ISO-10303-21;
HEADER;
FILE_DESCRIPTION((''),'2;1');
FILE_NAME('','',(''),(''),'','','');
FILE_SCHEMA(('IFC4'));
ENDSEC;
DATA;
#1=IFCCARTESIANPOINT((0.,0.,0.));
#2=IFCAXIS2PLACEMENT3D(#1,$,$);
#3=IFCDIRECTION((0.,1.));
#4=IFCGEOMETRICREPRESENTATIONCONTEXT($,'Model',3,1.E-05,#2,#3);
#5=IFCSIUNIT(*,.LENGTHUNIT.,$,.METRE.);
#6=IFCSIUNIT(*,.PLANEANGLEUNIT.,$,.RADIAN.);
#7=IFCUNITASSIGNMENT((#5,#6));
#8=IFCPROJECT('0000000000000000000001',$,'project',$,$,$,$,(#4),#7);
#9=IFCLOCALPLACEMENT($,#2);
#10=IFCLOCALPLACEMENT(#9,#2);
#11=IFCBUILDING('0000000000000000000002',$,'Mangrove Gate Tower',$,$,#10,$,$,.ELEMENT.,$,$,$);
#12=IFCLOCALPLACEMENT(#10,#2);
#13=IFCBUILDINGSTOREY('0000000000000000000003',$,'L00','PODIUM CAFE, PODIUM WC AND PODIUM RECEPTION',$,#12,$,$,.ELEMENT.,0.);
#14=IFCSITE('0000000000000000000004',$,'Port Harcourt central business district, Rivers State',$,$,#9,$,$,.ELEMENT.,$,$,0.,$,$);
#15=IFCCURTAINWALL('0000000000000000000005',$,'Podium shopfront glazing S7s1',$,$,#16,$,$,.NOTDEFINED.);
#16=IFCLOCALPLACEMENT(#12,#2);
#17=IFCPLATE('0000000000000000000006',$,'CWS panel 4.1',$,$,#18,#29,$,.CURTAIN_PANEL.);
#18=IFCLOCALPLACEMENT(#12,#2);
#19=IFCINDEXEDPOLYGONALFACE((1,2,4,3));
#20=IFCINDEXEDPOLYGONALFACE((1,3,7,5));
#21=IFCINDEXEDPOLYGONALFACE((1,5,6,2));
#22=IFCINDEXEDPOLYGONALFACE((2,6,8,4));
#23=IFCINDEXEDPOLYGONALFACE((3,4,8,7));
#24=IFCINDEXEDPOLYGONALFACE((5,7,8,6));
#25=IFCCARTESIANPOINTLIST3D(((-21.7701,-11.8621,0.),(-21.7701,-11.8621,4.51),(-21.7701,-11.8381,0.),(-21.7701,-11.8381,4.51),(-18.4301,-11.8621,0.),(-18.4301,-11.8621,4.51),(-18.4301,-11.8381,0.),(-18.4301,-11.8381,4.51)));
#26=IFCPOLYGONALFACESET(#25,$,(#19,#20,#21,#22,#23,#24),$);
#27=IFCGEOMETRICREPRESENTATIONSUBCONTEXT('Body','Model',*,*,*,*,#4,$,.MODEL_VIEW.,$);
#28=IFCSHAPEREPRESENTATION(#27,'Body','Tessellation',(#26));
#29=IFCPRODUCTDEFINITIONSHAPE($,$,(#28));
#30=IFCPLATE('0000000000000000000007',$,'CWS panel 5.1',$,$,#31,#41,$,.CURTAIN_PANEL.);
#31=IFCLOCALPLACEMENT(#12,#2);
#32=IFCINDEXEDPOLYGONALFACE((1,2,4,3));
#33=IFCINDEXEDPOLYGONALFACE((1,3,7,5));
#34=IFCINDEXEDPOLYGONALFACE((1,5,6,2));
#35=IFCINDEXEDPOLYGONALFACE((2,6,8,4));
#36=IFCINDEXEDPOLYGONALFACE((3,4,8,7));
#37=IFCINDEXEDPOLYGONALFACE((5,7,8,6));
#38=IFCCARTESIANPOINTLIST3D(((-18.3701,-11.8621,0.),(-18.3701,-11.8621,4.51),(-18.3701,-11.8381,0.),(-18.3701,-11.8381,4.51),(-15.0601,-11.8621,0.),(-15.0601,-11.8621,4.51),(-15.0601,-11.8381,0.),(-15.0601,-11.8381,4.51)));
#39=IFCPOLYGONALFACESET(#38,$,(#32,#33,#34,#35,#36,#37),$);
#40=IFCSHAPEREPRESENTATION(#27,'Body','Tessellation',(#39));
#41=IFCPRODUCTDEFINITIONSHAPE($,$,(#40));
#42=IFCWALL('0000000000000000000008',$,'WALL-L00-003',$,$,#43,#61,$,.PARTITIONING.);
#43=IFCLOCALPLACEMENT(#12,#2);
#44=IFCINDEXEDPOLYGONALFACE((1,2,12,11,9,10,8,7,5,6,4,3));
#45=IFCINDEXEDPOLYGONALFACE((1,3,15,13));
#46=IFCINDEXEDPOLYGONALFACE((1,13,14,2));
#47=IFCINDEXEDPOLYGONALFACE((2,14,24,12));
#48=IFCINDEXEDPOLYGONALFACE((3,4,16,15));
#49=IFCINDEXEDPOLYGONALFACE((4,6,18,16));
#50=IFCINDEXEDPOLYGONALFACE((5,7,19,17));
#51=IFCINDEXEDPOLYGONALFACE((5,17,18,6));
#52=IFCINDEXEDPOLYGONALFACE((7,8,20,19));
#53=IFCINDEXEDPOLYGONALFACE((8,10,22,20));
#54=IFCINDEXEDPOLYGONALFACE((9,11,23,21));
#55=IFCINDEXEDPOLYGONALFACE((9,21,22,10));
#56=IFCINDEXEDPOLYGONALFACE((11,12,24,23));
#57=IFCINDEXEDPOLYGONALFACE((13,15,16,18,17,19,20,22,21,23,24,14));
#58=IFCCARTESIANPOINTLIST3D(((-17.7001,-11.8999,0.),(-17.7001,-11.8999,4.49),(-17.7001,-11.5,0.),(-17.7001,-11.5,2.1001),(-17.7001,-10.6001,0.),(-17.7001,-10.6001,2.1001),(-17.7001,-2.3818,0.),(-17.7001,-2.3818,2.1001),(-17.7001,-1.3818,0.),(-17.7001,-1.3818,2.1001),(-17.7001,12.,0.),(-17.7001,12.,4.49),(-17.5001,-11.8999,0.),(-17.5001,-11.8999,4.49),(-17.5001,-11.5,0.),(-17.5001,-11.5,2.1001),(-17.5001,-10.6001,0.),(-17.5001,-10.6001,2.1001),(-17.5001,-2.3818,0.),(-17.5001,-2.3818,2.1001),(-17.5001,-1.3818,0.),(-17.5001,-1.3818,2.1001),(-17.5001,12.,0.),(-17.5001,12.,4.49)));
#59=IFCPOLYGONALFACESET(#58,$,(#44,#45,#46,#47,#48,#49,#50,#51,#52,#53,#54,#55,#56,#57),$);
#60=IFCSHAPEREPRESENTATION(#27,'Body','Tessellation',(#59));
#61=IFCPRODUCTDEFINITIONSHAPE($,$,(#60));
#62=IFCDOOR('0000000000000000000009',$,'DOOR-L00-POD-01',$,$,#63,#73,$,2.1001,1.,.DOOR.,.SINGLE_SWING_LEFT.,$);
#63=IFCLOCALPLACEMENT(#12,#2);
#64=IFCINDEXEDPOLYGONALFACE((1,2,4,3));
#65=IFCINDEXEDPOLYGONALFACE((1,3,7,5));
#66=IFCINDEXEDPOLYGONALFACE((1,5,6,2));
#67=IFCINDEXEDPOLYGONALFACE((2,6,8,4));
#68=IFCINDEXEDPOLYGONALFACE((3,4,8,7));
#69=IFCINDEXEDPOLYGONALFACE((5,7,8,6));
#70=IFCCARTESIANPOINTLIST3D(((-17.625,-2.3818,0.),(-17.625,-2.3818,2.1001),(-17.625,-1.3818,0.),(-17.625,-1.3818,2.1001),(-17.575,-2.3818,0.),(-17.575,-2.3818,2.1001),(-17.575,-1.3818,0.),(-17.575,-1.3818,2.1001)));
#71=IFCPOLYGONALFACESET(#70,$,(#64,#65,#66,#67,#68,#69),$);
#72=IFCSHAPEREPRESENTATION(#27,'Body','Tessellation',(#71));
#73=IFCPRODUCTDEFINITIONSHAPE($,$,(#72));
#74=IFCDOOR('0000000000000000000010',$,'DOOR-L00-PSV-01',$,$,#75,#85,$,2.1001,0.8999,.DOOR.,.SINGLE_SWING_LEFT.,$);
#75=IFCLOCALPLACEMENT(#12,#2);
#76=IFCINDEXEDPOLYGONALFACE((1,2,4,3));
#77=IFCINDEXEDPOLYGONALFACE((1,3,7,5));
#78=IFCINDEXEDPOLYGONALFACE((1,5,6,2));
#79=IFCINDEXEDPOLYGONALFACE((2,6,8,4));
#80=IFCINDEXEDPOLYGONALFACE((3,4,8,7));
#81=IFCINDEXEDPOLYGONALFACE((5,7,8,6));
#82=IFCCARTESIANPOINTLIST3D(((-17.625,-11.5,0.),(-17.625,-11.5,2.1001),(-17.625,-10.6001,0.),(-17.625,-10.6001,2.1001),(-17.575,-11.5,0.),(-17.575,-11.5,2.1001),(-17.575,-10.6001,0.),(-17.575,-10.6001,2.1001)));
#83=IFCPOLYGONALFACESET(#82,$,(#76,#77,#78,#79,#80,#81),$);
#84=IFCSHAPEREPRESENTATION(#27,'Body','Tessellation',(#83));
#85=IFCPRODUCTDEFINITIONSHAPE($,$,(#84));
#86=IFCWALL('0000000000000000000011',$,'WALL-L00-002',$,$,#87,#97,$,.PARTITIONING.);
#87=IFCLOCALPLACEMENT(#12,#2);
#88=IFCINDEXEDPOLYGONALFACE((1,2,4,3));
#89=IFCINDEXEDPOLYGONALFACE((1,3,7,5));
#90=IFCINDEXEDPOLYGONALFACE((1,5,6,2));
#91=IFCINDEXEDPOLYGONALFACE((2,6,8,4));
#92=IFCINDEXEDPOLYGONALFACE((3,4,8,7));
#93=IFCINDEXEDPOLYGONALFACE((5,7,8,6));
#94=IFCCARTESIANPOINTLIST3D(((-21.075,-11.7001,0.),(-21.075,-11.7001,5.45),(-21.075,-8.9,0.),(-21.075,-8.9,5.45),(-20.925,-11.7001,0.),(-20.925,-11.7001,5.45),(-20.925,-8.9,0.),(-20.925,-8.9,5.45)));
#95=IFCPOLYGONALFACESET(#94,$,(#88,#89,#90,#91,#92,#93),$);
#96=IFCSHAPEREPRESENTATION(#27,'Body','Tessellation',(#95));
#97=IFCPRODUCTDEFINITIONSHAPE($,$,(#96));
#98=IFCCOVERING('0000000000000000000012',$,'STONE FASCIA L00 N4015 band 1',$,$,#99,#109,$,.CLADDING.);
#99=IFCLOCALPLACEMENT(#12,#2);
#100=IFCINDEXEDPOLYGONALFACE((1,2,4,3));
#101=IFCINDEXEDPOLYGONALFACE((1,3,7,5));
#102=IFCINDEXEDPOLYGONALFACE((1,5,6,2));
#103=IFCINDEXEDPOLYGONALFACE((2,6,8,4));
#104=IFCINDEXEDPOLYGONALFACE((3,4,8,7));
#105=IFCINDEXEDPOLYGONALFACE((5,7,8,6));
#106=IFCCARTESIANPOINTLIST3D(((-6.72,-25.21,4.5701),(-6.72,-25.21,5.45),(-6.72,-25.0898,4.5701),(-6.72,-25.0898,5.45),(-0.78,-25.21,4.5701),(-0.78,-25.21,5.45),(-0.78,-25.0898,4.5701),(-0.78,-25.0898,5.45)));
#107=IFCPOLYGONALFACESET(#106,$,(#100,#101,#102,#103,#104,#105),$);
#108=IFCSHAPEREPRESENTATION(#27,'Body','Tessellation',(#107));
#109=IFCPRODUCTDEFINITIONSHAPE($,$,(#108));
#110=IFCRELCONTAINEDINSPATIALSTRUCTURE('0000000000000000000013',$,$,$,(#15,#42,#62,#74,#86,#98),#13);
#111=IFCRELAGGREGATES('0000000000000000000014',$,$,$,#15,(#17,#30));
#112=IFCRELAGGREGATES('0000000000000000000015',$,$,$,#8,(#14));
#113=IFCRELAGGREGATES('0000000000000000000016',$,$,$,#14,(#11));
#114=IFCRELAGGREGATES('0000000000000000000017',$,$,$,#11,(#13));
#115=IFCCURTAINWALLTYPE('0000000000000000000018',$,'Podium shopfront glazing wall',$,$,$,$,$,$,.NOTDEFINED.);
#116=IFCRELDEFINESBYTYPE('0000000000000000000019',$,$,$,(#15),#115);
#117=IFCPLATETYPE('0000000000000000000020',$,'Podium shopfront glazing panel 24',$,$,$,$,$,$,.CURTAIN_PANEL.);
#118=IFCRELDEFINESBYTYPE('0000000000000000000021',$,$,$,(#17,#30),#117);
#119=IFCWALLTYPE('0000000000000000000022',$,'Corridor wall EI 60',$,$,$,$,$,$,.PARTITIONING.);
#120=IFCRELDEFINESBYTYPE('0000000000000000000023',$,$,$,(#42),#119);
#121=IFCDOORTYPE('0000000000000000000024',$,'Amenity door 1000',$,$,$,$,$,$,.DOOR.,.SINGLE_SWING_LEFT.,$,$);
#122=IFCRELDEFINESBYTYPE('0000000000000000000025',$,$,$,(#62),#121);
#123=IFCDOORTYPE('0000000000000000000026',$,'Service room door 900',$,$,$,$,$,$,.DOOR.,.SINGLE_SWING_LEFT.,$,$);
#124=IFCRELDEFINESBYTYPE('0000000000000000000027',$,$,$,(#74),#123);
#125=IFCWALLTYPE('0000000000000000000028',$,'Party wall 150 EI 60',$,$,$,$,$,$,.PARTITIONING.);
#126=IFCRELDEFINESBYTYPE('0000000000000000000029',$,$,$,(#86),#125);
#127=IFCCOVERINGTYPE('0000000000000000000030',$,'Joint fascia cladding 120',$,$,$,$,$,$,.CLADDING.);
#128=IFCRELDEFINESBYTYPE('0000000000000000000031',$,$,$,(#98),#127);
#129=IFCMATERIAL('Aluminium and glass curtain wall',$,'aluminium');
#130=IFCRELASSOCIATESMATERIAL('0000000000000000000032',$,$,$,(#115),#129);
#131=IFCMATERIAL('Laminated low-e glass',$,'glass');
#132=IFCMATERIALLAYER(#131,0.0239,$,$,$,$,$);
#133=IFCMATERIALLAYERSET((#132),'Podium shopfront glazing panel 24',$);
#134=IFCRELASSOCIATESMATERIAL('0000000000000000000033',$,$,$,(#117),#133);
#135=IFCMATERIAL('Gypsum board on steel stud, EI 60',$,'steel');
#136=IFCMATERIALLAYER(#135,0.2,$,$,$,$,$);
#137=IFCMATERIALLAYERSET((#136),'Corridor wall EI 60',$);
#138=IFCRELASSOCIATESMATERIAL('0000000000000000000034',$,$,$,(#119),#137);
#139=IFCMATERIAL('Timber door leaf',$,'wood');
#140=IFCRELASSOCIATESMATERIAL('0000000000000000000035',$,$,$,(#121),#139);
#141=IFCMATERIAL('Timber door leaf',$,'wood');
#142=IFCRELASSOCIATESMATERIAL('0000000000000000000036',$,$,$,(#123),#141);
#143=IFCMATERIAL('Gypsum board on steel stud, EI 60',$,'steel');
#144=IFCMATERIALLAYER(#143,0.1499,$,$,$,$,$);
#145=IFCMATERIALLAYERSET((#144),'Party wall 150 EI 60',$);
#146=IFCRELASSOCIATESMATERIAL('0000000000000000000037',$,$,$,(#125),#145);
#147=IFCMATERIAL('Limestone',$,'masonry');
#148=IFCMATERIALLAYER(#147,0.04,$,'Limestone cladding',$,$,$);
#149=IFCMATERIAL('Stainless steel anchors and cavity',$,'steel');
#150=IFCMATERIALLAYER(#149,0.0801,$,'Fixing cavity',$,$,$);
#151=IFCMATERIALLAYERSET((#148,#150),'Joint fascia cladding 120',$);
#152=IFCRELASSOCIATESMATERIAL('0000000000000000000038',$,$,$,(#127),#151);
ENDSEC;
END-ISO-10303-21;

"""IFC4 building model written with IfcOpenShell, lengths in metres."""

from ifc_helpers import new_model, si_unit, direction, frame, frame_2d, origin, origin_2d, place, context, subcontext, project, spatial, rectangle, extrude, material, layer, layer_set, type_object, element, fill, aggregate, save


model = new_model("IFC4")

# Units and contexts
model_context = context("Model", 3, precision=1e-05, world=origin(), true_north=direction((0.0, 1.0)))
body_context = subcontext(model_context, "Body", "Model", "MODEL_VIEW")
ifc_project = project(units=[si_unit("LENGTHUNIT", "METRE"), si_unit("PLANEANGLEUNIT", "RADIAN")], contexts=[model_context])

# Site, building, storey
site_placement = place(None, origin())
site = spatial("IfcSite", under=ifc_project, at=site_placement, Name="Port Harcourt central business district, Rivers State", CompositionType="ELEMENT", RefElevation=0.0)
building_placement = place(site_placement, origin())
building = spatial("IfcBuilding", under=site, at=building_placement, Name="Mangrove Gate Tower", CompositionType="ELEMENT")
storey_placement = place(building_placement, origin())
storey = spatial("IfcBuildingStorey", under=building, at=storey_placement, Name="L00", Description="PODIUM CAFE, PODIUM WC AND PODIUM RECEPTION", CompositionType="ELEMENT", Elevation=0.0)

# Shared definitions
ifc_material_1 = material(Name="Aluminium and glass curtain wall", Category="aluminium")
curtain_wall_type = type_object("IfcCurtainWallType", Name="Podium shopfront glazing wall", PredefinedType="NOTDEFINED", material=ifc_material_1)

# Curtain wall
curtain_wall_1_placement = place(storey_placement, origin())
curtain_wall_1 = element("IfcCurtainWall", 1, at=curtain_wall_1_placement, inside=storey, type_object=curtain_wall_type, Name="Podium shopfront glazing S7s1", PredefinedType="NOTDEFINED")

# Plates
ifc_material_2 = material(Name="Laminated low-e glass", Category="glass")
ifc_layer_1 = layer(ifc_material_2, 0.0239)
ifc_layer_set_1 = layer_set([ifc_layer_1], Name="Podium shopfront glazing panel 24")
plate_type = type_object("IfcPlateType", Name="Podium shopfront glazing panel 24", PredefinedType="CURTAIN_PANEL", material=ifc_layer_set_1)
plate_1_placement = place(storey_placement, frame((-20.1001, -11.8501, 0.0), z_axis=(0.0, 0.0, 1.0), x_axis=(1.0, 0.0, 0.0)))
plate_1 = element("IfcPlate", 2, at=plate_1_placement, type_object=plate_type, Name="CWS panel 4.1", PredefinedType="CURTAIN_PANEL", context=body_context, shape_type="SweptSolid", body=[
    extrude(rectangle(XDim=3.3401, YDim=0.0239, at=origin_2d()), origin(), (0.0, 0.0, 1.0), 4.51),
])
plate_2_placement = place(storey_placement, frame((-16.7151, -11.8501, 0.0), z_axis=(0.0, 0.0, 1.0), x_axis=(1.0, 0.0, 0.0)))
plate_2 = element("IfcPlate", 3, at=plate_2_placement, type_object=plate_type, Name="CWS panel 5.1", PredefinedType="CURTAIN_PANEL", context=body_context, shape_type="SweptSolid", body=[
    extrude(rectangle(XDim=3.3101, YDim=0.0239, at=origin_2d()), origin(), (0.0, 0.0, 1.0), 4.51),
])
aggregate(curtain_wall_1, [plate_1, plate_2])

# Wall, openings, doors
ifc_material_3 = material(Name="Gypsum board on steel stud, EI 60", Category="steel")
ifc_layer_2 = layer(ifc_material_3, 0.2)
ifc_layer_set_2 = layer_set([ifc_layer_2], Name="Corridor wall EI 60")
wall_type_1 = type_object("IfcWallType", Name="Corridor wall EI 60", PredefinedType="PARTITIONING", material=ifc_layer_set_2)
wall_1_placement = place(storey_placement, frame((-17.6001, -11.8999, 0.0), z_axis=(0.0, 0.0, 1.0), x_axis=(0.0, 1.0, 0.0)))
wall_1 = element("IfcWall", 4, at=wall_1_placement, inside=storey, type_object=wall_type_1, Name="WALL-L00-003", PredefinedType="PARTITIONING", context=body_context, shape_type="SweptSolid", body=[
    extrude(rectangle(XDim=23.8999, YDim=0.2, at=frame_2d((11.95, 0.0))), origin(), (0.0, 0.0, 1.0), 4.49),
])
opening_1_placement = place(wall_1_placement, frame((9.5181, 0.0, 0.0)))
opening_1 = element("IfcOpeningElement", 5, at=opening_1_placement, cuts=wall_1, PredefinedType="OPENING", context=body_context, shape_type="SweptSolid", body=[
    extrude(rectangle(XDim=1.0, YDim=2.1001, at=frame_2d((0.5, 1.05))), frame((0.0, 0.1099, 0.0), z_axis=(0.0, -1.0, 0.0), x_axis=(1.0, 0.0, 0.0)), (0.0, 0.0, 1.0), 0.22),
])
opening_2_placement = place(wall_1_placement, frame((0.3999, 0.0, 0.0)))
opening_2 = element("IfcOpeningElement", 6, at=opening_2_placement, cuts=wall_1, PredefinedType="OPENING", context=body_context, shape_type="SweptSolid", body=[
    extrude(rectangle(XDim=0.8999, YDim=2.1001, at=frame_2d((0.45, 1.05))), frame((0.0, 0.1099, 0.0), z_axis=(0.0, -1.0, 0.0), x_axis=(1.0, 0.0, 0.0)), (0.0, 0.0, 1.0), 0.22),
])
ifc_material_4 = material(Name="Timber door leaf", Category="wood")
door_type_1 = type_object("IfcDoorType", Name="Amenity door 1000", OperationType="SINGLE_SWING_LEFT", PredefinedType="DOOR", material=ifc_material_4)
door_1_placement = place(opening_1_placement, origin())
door_1 = element("IfcDoor", 7, at=door_1_placement, inside=storey, type_object=door_type_1, Name="DOOR-L00-POD-01", OperationType="SINGLE_SWING_LEFT", OverallHeight=2.1001, OverallWidth=1.0, PredefinedType="DOOR", context=body_context, shape_type="SweptSolid", body=[
    extrude(rectangle(XDim=1.0, YDim=2.1001, at=frame_2d((0.5, 1.05))), frame((0.0, 0.0249, 0.0), z_axis=(0.0, -1.0, 0.0), x_axis=(1.0, 0.0, 0.0)), (0.0, 0.0, 1.0), 0.05),
])
fill(opening_1, door_1)
ifc_material_5 = material(Name="Timber door leaf", Category="wood")
door_type_2 = type_object("IfcDoorType", Name="Service room door 900", OperationType="SINGLE_SWING_LEFT", PredefinedType="DOOR", material=ifc_material_5)
door_2_placement = place(opening_2_placement, origin())
door_2 = element("IfcDoor", 8, at=door_2_placement, inside=storey, type_object=door_type_2, Name="DOOR-L00-PSV-01", OperationType="SINGLE_SWING_LEFT", OverallHeight=2.1001, OverallWidth=0.8999, PredefinedType="DOOR", context=body_context, shape_type="SweptSolid", body=[
    extrude(rectangle(XDim=0.8999, YDim=2.1001, at=frame_2d((0.45, 1.05))), frame((0.0, 0.0249, 0.0), z_axis=(0.0, -1.0, 0.0), x_axis=(1.0, 0.0, 0.0)), (0.0, 0.0, 1.0), 0.05),
])
fill(opening_2, door_2)

# Wall
ifc_material_6 = material(Name="Gypsum board on steel stud, EI 60", Category="steel")
ifc_layer_3 = layer(ifc_material_6, 0.1499)
ifc_layer_set_3 = layer_set([ifc_layer_3], Name="Party wall 150 EI 60")
wall_type_2 = type_object("IfcWallType", Name="Party wall 150 EI 60", PredefinedType="PARTITIONING", material=ifc_layer_set_3)
wall_2_placement = place(storey_placement, frame((-21.0, -11.7, 0.0), z_axis=(0.0, 0.0, 1.0), x_axis=(0.0, 1.0, 0.0)))
element("IfcWall", 9, at=wall_2_placement, inside=storey, type_object=wall_type_2, Name="WALL-L00-002", PredefinedType="PARTITIONING", context=body_context, shape_type="SweptSolid", body=[
    extrude(rectangle(XDim=2.8, YDim=0.1499, at=frame_2d((1.3999, 0.0))), origin(), (0.0, 0.0, 1.0), 5.45),
])

# Covering
ifc_material_7 = material(Name="Limestone", Category="masonry")
ifc_layer_4 = layer(ifc_material_7, 0.04, Name="Limestone cladding")
ifc_material_8 = material(Name="Stainless steel anchors and cavity", Category="steel")
ifc_layer_5 = layer(ifc_material_8, 0.0801, Name="Fixing cavity")
ifc_layer_set_4 = layer_set([ifc_layer_4, ifc_layer_5], Name="Joint fascia cladding 120")
covering_type = type_object("IfcCoveringType", Name="Joint fascia cladding 120", PredefinedType="CLADDING", material=ifc_layer_set_4)
covering_placement = place(storey_placement, frame((-0.78, -25.1499, 4.5701), z_axis=(0.0, 0.0, 1.0), x_axis=(-1.0, 0.0, 0.0)))
element("IfcCovering", 10, at=covering_placement, inside=storey, type_object=covering_type, Name="STONE FASCIA L00 N4015 band 1", PredefinedType="CLADDING", context=body_context, shape_type="SweptSolid", body=[
    extrude(rectangle(XDim=5.9399, YDim=0.1201, at=frame_2d((2.97, 0.0))), origin(), (0.0, 0.0, 1.0), 0.8799),
])

save(model, "model.ifc")
